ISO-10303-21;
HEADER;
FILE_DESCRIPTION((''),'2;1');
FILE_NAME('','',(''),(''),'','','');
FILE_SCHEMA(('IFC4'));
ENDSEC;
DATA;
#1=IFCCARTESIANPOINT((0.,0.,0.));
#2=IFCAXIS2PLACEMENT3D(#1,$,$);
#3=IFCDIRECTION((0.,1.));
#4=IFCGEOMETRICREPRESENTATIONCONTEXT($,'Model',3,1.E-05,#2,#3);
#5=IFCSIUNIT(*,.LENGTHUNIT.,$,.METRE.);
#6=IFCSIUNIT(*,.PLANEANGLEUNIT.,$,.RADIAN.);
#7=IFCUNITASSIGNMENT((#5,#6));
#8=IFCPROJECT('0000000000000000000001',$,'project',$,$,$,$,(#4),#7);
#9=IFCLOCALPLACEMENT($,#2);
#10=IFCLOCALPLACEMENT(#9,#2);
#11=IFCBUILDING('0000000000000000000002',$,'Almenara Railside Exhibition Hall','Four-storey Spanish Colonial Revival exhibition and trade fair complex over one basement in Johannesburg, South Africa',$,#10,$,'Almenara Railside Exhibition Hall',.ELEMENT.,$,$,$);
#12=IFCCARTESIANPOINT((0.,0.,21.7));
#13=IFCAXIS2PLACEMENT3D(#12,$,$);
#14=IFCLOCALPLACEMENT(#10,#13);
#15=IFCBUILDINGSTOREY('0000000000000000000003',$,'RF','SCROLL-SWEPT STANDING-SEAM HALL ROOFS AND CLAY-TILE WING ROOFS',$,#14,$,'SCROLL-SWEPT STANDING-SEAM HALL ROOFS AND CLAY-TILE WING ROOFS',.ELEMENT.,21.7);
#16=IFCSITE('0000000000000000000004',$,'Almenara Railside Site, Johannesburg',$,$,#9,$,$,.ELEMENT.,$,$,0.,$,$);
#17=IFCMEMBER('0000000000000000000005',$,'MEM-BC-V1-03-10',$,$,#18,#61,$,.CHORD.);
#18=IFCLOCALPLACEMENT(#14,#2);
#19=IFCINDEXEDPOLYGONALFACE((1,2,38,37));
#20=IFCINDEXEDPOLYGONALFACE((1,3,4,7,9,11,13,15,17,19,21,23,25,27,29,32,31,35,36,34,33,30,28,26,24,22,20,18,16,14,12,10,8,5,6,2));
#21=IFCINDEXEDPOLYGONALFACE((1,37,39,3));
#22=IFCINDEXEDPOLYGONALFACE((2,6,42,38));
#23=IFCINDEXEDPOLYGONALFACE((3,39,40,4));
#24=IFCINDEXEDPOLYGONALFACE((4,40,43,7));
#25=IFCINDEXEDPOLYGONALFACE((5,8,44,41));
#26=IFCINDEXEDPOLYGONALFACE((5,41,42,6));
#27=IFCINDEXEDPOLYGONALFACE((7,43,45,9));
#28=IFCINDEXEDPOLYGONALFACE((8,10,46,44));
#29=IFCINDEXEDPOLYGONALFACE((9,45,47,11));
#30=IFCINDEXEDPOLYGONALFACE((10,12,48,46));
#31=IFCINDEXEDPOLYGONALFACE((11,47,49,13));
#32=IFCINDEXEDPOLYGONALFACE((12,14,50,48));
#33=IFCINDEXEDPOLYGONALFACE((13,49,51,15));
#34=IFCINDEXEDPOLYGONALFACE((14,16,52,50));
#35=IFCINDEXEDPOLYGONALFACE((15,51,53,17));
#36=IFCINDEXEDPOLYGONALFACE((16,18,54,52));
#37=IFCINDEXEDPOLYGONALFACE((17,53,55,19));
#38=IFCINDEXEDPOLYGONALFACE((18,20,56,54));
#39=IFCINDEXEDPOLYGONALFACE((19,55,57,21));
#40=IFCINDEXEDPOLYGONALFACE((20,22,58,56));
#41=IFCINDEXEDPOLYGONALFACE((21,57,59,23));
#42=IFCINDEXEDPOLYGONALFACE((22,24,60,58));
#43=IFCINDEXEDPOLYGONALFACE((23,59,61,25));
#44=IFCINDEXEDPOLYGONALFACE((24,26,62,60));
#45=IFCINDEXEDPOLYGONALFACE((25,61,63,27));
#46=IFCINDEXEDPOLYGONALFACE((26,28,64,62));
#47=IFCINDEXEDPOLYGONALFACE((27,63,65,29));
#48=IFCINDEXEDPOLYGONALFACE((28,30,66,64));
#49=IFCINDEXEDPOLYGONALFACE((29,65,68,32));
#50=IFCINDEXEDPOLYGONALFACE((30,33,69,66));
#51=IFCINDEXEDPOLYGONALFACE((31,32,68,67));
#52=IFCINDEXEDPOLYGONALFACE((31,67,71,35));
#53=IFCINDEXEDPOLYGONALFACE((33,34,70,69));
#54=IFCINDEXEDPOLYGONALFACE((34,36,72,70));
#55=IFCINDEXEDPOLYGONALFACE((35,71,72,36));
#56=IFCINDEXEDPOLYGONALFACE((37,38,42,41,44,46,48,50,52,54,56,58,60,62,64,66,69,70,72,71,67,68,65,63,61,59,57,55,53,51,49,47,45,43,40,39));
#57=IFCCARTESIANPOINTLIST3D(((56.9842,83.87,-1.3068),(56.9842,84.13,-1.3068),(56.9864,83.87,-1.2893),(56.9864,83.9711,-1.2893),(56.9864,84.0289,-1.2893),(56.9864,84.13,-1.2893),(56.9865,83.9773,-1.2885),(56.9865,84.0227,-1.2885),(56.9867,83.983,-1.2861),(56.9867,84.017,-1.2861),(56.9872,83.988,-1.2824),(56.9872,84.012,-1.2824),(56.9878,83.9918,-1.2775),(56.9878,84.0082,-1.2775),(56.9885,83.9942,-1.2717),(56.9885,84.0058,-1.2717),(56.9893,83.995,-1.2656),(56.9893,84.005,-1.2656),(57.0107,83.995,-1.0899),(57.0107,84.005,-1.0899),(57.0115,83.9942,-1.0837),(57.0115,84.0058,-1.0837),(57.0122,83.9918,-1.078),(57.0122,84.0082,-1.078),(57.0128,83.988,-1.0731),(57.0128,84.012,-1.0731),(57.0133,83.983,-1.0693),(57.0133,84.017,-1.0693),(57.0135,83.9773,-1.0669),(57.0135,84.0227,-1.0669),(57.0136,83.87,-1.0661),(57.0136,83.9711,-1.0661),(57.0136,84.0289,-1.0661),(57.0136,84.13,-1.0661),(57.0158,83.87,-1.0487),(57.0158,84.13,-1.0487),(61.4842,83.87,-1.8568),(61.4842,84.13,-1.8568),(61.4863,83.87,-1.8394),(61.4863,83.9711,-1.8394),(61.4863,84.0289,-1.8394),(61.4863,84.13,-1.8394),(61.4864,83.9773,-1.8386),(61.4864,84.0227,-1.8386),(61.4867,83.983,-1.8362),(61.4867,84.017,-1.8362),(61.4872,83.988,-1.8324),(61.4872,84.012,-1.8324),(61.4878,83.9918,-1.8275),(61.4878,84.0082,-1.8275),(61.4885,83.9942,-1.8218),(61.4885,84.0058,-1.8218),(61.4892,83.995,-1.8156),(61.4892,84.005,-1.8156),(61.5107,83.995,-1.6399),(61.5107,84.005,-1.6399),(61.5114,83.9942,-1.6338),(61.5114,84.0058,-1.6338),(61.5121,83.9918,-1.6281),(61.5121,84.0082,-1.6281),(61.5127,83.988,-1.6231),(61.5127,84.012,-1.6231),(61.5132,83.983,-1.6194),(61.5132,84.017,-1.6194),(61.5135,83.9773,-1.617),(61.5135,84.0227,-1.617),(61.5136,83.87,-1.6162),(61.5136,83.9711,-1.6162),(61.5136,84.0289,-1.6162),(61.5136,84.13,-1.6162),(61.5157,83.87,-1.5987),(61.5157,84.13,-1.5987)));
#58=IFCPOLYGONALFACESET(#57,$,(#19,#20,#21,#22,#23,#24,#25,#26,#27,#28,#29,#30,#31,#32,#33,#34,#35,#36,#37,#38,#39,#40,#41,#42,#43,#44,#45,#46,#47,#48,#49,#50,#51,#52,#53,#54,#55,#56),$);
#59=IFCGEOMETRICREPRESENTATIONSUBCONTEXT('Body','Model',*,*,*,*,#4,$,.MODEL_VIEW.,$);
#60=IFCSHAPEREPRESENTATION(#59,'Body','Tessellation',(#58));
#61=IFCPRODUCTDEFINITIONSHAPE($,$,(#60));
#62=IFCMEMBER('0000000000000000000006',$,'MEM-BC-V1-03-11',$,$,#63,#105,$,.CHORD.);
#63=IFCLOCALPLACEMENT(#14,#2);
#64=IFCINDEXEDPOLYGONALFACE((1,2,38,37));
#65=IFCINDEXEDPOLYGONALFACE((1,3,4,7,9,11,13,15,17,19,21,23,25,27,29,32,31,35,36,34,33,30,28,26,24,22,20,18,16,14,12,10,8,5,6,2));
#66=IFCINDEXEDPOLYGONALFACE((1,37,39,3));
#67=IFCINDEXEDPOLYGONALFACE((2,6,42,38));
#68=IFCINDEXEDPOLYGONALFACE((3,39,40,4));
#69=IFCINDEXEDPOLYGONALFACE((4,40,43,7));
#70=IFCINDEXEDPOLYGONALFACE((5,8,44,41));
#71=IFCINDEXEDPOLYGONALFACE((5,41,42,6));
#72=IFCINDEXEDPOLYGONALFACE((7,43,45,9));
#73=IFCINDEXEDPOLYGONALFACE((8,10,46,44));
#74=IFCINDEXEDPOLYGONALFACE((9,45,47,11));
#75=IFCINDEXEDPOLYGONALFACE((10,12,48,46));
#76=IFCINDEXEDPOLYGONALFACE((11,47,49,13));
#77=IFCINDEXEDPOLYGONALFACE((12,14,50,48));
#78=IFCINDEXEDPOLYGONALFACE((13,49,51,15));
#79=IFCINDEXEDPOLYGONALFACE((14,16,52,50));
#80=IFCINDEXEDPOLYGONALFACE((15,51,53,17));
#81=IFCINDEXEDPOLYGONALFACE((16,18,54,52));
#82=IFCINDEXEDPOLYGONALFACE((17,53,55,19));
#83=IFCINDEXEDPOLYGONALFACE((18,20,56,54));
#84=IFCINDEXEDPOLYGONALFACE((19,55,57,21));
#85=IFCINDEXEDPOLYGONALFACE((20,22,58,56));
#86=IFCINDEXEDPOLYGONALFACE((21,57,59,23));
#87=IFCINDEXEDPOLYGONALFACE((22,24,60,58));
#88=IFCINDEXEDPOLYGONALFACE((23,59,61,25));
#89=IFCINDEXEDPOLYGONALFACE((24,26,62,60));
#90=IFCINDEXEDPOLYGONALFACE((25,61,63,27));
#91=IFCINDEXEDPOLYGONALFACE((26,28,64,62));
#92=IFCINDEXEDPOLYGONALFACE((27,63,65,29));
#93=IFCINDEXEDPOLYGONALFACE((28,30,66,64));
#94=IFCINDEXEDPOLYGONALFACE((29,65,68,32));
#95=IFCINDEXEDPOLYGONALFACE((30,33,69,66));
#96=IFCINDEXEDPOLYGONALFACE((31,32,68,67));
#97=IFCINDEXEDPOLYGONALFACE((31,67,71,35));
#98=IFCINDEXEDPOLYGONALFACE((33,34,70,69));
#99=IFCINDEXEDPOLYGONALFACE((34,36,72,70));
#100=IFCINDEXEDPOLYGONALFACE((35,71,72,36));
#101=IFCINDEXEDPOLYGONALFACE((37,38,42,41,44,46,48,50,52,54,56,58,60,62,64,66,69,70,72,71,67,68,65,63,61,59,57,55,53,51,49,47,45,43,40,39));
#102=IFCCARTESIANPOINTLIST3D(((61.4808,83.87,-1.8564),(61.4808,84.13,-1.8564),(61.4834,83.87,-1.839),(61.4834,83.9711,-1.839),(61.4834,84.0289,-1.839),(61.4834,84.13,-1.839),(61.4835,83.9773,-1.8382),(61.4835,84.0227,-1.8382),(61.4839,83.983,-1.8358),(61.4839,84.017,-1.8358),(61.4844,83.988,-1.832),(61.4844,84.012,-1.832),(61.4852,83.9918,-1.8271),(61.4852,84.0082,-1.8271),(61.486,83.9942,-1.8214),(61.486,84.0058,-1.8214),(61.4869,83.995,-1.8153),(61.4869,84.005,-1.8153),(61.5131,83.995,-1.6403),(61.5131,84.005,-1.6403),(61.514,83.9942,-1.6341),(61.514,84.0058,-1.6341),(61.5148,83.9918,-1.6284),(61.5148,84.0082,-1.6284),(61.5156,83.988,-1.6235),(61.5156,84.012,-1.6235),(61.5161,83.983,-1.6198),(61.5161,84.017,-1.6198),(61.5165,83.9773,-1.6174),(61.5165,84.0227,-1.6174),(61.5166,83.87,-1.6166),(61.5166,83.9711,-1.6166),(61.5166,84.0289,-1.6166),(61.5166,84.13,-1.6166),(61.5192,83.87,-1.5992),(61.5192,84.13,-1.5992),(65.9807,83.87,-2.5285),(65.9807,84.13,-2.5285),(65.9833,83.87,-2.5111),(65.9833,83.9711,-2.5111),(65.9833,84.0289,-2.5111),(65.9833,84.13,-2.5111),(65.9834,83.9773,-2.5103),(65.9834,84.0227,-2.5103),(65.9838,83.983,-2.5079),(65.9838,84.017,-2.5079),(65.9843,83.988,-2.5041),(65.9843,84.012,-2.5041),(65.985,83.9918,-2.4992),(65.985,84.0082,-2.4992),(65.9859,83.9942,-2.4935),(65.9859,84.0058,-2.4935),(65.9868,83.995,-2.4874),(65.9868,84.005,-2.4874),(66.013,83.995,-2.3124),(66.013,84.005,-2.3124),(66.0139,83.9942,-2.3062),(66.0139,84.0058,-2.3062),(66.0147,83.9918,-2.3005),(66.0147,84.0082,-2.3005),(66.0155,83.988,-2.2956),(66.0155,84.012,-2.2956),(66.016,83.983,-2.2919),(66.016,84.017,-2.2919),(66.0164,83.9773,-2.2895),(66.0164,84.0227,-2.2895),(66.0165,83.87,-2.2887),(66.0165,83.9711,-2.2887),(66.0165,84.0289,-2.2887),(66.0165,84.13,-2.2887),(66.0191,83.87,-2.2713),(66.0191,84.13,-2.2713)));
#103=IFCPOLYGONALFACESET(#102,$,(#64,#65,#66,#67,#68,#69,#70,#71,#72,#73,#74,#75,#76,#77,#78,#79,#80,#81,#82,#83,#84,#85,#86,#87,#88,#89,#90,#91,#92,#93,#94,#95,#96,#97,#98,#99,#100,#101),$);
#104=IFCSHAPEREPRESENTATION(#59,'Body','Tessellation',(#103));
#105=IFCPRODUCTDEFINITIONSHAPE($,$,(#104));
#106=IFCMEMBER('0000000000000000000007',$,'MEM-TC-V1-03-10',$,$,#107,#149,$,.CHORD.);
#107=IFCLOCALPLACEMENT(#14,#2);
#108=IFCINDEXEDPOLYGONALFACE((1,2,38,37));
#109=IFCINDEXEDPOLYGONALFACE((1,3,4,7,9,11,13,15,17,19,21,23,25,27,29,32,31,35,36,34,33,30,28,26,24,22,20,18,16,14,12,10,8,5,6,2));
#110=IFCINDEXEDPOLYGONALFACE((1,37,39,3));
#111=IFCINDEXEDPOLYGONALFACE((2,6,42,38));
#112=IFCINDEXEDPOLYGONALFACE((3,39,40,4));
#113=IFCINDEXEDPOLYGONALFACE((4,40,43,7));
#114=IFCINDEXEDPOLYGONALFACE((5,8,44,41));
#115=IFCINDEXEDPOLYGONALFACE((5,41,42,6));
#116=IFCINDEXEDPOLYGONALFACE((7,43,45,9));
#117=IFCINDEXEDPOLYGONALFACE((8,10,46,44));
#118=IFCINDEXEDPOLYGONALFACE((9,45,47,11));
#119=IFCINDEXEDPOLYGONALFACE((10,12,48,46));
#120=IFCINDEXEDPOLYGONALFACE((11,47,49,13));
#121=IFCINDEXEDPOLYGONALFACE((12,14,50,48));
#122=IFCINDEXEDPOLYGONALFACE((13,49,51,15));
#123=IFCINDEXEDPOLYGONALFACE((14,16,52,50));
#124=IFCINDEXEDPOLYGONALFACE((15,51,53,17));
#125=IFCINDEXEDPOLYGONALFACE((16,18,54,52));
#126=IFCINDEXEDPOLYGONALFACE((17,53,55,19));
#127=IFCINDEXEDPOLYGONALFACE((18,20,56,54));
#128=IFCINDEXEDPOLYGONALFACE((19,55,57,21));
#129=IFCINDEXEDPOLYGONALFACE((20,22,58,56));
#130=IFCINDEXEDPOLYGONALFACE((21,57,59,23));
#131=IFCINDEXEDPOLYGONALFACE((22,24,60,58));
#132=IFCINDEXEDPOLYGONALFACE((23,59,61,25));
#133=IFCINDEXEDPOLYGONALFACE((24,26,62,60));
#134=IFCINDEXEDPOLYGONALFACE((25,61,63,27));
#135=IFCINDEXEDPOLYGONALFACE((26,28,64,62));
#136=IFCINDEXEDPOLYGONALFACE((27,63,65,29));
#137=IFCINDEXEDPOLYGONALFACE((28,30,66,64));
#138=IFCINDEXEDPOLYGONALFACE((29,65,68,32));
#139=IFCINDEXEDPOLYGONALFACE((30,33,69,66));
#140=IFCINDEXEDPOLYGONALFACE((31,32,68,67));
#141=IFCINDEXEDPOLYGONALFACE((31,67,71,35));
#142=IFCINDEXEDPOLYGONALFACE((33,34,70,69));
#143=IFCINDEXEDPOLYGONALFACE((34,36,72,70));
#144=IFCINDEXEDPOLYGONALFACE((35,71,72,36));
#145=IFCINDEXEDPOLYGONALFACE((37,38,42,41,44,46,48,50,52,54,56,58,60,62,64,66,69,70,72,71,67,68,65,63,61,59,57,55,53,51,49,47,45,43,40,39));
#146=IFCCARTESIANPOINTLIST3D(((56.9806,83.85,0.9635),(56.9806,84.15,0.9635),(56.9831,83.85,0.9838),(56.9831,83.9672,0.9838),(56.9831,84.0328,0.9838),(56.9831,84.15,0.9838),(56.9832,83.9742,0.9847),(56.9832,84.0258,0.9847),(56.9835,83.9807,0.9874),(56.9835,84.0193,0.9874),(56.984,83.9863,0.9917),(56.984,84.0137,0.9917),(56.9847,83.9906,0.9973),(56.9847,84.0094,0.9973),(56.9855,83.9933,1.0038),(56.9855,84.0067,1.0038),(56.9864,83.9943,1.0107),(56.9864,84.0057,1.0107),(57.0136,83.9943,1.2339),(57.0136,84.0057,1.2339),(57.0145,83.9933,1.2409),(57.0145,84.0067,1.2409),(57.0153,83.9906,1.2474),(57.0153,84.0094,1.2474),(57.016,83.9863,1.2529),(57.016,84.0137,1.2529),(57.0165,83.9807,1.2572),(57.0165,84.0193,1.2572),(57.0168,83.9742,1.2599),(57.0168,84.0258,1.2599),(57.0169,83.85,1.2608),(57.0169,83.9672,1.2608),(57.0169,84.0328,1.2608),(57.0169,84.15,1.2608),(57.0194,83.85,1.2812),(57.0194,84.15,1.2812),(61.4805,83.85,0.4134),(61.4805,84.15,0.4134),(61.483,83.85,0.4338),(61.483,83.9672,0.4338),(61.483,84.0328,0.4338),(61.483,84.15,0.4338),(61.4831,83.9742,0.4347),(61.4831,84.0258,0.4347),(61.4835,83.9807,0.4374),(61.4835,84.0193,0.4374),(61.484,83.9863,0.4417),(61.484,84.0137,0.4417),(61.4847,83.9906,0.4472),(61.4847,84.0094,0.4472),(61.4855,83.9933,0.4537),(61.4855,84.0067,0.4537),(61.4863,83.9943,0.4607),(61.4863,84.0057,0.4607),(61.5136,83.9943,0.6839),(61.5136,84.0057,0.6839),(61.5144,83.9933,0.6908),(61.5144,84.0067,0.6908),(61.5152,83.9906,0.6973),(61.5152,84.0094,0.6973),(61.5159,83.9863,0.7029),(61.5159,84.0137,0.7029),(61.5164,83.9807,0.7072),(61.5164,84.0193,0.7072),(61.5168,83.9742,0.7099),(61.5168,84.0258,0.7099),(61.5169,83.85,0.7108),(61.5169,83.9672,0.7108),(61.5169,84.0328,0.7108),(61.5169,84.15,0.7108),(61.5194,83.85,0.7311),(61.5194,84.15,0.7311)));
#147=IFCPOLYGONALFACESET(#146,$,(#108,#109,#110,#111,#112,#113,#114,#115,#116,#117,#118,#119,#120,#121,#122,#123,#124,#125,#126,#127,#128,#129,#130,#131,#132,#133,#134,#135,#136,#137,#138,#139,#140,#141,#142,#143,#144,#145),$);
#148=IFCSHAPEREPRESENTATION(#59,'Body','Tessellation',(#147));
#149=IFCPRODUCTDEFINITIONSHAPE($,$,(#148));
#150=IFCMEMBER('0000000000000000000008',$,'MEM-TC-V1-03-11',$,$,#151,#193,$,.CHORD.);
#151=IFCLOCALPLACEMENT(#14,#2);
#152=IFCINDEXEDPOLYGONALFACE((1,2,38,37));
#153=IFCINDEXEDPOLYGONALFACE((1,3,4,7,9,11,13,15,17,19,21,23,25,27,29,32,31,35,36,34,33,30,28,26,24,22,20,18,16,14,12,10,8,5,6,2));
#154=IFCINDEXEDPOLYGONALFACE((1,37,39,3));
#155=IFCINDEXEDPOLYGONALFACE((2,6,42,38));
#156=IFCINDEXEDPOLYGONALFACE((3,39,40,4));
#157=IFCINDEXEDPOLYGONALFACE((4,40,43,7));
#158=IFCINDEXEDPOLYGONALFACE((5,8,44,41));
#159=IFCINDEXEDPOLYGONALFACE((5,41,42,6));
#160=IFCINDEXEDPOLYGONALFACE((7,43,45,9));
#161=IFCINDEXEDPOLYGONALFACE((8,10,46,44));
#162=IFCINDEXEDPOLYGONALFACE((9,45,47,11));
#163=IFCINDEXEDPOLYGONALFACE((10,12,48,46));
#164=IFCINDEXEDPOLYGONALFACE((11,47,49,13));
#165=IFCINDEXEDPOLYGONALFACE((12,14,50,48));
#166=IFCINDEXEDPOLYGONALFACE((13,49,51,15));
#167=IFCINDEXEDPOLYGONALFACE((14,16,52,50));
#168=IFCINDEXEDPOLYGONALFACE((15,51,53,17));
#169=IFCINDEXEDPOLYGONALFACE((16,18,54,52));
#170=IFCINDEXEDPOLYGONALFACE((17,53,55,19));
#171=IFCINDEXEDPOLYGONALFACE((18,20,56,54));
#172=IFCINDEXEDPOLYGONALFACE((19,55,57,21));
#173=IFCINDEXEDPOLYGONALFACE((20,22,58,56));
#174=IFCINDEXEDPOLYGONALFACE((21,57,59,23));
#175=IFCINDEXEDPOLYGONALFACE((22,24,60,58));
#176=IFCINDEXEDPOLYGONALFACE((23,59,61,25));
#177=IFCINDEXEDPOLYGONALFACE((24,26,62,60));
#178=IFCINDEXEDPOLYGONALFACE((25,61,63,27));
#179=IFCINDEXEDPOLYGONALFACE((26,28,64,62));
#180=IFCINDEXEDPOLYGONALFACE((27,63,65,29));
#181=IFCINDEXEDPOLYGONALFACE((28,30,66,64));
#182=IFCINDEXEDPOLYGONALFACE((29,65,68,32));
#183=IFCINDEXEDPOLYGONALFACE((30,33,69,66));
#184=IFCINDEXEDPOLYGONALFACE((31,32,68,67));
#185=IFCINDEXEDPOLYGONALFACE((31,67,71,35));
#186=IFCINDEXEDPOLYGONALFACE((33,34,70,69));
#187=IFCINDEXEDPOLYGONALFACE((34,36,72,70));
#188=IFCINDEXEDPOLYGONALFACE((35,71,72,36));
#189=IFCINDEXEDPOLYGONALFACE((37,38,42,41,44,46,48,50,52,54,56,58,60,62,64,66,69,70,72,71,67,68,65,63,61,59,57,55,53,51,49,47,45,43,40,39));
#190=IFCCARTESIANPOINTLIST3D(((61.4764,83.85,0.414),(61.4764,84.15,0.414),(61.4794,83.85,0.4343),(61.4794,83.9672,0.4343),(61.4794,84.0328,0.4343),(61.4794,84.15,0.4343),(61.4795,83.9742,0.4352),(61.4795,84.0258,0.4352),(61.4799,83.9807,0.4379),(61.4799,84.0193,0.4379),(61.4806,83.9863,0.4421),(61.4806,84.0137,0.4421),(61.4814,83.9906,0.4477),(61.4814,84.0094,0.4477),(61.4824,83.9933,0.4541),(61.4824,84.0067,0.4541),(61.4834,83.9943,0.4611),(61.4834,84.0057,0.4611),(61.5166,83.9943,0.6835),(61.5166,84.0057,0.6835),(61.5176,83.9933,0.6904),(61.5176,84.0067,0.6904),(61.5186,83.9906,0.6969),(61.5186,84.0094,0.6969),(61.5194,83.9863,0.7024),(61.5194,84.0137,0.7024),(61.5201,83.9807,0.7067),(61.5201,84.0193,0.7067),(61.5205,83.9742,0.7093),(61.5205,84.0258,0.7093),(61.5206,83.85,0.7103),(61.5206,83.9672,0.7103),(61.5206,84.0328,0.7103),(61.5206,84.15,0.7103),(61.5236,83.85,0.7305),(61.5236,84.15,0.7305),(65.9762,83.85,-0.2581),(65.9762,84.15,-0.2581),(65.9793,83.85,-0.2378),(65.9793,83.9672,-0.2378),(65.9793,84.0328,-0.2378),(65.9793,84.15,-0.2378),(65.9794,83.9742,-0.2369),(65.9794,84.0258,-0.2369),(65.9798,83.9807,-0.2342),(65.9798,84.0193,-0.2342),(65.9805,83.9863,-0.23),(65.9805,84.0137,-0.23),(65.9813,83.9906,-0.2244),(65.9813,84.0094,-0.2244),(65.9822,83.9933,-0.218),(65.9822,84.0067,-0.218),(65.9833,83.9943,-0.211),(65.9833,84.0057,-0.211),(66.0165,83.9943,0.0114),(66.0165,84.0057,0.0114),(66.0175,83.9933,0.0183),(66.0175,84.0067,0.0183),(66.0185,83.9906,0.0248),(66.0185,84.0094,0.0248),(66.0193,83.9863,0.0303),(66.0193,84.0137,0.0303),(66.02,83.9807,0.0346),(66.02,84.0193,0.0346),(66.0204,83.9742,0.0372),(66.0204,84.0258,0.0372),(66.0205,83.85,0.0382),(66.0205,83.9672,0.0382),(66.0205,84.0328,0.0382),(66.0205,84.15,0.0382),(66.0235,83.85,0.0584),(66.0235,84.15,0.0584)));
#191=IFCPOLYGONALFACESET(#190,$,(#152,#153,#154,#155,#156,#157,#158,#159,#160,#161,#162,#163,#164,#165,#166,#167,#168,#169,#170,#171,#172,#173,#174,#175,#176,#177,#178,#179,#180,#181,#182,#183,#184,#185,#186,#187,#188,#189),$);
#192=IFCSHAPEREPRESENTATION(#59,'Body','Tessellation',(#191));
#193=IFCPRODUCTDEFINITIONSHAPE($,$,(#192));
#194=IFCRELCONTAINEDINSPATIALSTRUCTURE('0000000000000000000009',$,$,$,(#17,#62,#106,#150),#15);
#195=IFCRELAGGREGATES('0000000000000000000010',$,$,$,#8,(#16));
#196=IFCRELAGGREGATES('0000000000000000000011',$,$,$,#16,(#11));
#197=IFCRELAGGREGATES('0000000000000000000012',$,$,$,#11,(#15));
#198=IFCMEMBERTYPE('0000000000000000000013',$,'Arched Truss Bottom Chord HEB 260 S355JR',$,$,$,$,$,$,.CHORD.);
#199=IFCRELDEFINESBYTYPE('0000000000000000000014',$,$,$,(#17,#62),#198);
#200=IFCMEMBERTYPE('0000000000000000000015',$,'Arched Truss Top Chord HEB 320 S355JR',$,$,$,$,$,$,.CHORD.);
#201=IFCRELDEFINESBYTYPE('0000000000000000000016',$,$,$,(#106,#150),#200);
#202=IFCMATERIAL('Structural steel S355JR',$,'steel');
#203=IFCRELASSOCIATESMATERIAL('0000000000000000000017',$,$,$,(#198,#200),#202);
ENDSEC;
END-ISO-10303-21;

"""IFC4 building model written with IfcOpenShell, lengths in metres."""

from ifc_helpers import new_model, si_unit, direction, frame, origin, origin_2d, place, context, subcontext, project, spatial, i_section, extrude, material, material_profile, profile_set, type_object, element, save


model = new_model("IFC4")

# Units and contexts
model_context = context("Model", 3, precision=1e-05, world=origin(), true_north=direction((0.0, 1.0)))
body_context = subcontext(model_context, "Body", "Model", "MODEL_VIEW")
ifc_project = project(units=[si_unit("LENGTHUNIT", "METRE"), si_unit("PLANEANGLEUNIT", "RADIAN")], contexts=[model_context])

# Site, building, storey
site_placement = place(None, origin())
site = spatial("IfcSite", under=ifc_project, at=site_placement, Name="Almenara Railside Site, Johannesburg", CompositionType="ELEMENT", RefElevation=0.0)
building_placement = place(site_placement, origin())
building = spatial("IfcBuilding", under=site, at=building_placement, Name="Almenara Railside Exhibition Hall", Description="Four-storey Spanish Colonial Revival exhibition and trade fair complex over one basement in Johannesburg, South Africa", LongName="Almenara Railside Exhibition Hall", CompositionType="ELEMENT")
storey_placement = place(building_placement, frame((0.0, 0.0, 21.7)))
storey = spatial("IfcBuildingStorey", under=building, at=storey_placement, Name="RF", Description="SCROLL-SWEPT STANDING-SEAM HALL ROOFS AND CLAY-TILE WING ROOFS", LongName="SCROLL-SWEPT STANDING-SEAM HALL ROOFS AND CLAY-TILE WING ROOFS", CompositionType="ELEMENT", Elevation=21.7)

# Members
ifc_material_1 = material(Name="Structural steel S355JR", Category="steel")
ifc_material_profile_1 = material_profile(ifc_material_1, i_section(OverallWidth=0.26, OverallDepth=0.26, WebThickness=0.01, FlangeThickness=0.0176, FilletRadius=0.0239, at=origin_2d()), Name="HEB 260")
ifc_profile_set_1 = profile_set([ifc_material_profile_1], Name="Structural steel S355JR")
member_type_1 = type_object("IfcMemberType", Name="Arched Truss Bottom Chord HEB 260 S355JR", PredefinedType="CHORD", material=ifc_profile_set_1)
member_1_placement = place(storey_placement, frame((57.0, 84.0, -1.1777), z_axis=(0.992612, 0.0, -0.12133), x_axis=(0.0, 1.0, 0.0)))
element("IfcMember", 1, at=member_1_placement, inside=storey, type_object=member_type_1, Name="MEM-BC-V1-03-10", PredefinedType="CHORD", context=body_context, shape_type="SweptSolid", body=[
    extrude(i_section(OverallWidth=0.26, OverallDepth=0.26, WebThickness=0.01, FlangeThickness=0.0176, FilletRadius=0.0239, at=origin_2d()), origin(), (0.0, 0.0, 1.0), 4.5334),
])
member_2_placement = place(storey_placement, frame((61.5, 84.0, -1.7278), z_axis=(0.989029, 0.0, -0.147721), x_axis=(0.0, 1.0, 0.0)))
element("IfcMember", 2, at=member_2_placement, inside=storey, type_object=member_type_1, Name="MEM-BC-V1-03-11", PredefinedType="CHORD", context=body_context, shape_type="SweptSolid", body=[
    extrude(i_section(OverallWidth=0.26, OverallDepth=0.26, WebThickness=0.01, FlangeThickness=0.0176, FilletRadius=0.0239, at=origin_2d()), origin(), (0.0, 0.0, 1.0), 4.5498),
])
ifc_material_profile_2 = material_profile(ifc_material_1, i_section(OverallWidth=0.3, OverallDepth=0.3201, WebThickness=0.0115, FlangeThickness=0.0205, FilletRadius=0.0271, at=origin_2d()), Name="HEB 320")
ifc_profile_set_2 = profile_set([ifc_material_profile_2], Name="Structural steel S355JR")
member_type_2 = type_object("IfcMemberType", Name="Arched Truss Top Chord HEB 320 S355JR", PredefinedType="CHORD", material=ifc_profile_set_2)
member_3_placement = place(storey_placement, frame((57.0, 84.0, 1.1223), z_axis=(0.992612, 0.0, -0.12133), x_axis=(0.0, 1.0, 0.0)))
element("IfcMember", 3, at=member_3_placement, inside=storey, type_object=member_type_2, Name="MEM-TC-V1-03-10", PredefinedType="CHORD", context=body_context, shape_type="SweptSolid", body=[
    extrude(i_section(OverallWidth=0.3, OverallDepth=0.3201, WebThickness=0.0115, FlangeThickness=0.0205, FilletRadius=0.0271, at=origin_2d()), origin(), (0.0, 0.0, 1.0), 4.5334),
])
member_4_placement = place(storey_placement, frame((61.5, 84.0, 0.5723), z_axis=(0.989029, 0.0, -0.147721), x_axis=(0.0, 1.0, 0.0)))
element("IfcMember", 4, at=member_4_placement, inside=storey, type_object=member_type_2, Name="MEM-TC-V1-03-11", PredefinedType="CHORD", context=body_context, shape_type="SweptSolid", body=[
    extrude(i_section(OverallWidth=0.3, OverallDepth=0.3201, WebThickness=0.0115, FlangeThickness=0.0205, FilletRadius=0.0271, at=origin_2d()), origin(), (0.0, 0.0, 1.0), 4.5498),
])

save(model, "model.ifc")
